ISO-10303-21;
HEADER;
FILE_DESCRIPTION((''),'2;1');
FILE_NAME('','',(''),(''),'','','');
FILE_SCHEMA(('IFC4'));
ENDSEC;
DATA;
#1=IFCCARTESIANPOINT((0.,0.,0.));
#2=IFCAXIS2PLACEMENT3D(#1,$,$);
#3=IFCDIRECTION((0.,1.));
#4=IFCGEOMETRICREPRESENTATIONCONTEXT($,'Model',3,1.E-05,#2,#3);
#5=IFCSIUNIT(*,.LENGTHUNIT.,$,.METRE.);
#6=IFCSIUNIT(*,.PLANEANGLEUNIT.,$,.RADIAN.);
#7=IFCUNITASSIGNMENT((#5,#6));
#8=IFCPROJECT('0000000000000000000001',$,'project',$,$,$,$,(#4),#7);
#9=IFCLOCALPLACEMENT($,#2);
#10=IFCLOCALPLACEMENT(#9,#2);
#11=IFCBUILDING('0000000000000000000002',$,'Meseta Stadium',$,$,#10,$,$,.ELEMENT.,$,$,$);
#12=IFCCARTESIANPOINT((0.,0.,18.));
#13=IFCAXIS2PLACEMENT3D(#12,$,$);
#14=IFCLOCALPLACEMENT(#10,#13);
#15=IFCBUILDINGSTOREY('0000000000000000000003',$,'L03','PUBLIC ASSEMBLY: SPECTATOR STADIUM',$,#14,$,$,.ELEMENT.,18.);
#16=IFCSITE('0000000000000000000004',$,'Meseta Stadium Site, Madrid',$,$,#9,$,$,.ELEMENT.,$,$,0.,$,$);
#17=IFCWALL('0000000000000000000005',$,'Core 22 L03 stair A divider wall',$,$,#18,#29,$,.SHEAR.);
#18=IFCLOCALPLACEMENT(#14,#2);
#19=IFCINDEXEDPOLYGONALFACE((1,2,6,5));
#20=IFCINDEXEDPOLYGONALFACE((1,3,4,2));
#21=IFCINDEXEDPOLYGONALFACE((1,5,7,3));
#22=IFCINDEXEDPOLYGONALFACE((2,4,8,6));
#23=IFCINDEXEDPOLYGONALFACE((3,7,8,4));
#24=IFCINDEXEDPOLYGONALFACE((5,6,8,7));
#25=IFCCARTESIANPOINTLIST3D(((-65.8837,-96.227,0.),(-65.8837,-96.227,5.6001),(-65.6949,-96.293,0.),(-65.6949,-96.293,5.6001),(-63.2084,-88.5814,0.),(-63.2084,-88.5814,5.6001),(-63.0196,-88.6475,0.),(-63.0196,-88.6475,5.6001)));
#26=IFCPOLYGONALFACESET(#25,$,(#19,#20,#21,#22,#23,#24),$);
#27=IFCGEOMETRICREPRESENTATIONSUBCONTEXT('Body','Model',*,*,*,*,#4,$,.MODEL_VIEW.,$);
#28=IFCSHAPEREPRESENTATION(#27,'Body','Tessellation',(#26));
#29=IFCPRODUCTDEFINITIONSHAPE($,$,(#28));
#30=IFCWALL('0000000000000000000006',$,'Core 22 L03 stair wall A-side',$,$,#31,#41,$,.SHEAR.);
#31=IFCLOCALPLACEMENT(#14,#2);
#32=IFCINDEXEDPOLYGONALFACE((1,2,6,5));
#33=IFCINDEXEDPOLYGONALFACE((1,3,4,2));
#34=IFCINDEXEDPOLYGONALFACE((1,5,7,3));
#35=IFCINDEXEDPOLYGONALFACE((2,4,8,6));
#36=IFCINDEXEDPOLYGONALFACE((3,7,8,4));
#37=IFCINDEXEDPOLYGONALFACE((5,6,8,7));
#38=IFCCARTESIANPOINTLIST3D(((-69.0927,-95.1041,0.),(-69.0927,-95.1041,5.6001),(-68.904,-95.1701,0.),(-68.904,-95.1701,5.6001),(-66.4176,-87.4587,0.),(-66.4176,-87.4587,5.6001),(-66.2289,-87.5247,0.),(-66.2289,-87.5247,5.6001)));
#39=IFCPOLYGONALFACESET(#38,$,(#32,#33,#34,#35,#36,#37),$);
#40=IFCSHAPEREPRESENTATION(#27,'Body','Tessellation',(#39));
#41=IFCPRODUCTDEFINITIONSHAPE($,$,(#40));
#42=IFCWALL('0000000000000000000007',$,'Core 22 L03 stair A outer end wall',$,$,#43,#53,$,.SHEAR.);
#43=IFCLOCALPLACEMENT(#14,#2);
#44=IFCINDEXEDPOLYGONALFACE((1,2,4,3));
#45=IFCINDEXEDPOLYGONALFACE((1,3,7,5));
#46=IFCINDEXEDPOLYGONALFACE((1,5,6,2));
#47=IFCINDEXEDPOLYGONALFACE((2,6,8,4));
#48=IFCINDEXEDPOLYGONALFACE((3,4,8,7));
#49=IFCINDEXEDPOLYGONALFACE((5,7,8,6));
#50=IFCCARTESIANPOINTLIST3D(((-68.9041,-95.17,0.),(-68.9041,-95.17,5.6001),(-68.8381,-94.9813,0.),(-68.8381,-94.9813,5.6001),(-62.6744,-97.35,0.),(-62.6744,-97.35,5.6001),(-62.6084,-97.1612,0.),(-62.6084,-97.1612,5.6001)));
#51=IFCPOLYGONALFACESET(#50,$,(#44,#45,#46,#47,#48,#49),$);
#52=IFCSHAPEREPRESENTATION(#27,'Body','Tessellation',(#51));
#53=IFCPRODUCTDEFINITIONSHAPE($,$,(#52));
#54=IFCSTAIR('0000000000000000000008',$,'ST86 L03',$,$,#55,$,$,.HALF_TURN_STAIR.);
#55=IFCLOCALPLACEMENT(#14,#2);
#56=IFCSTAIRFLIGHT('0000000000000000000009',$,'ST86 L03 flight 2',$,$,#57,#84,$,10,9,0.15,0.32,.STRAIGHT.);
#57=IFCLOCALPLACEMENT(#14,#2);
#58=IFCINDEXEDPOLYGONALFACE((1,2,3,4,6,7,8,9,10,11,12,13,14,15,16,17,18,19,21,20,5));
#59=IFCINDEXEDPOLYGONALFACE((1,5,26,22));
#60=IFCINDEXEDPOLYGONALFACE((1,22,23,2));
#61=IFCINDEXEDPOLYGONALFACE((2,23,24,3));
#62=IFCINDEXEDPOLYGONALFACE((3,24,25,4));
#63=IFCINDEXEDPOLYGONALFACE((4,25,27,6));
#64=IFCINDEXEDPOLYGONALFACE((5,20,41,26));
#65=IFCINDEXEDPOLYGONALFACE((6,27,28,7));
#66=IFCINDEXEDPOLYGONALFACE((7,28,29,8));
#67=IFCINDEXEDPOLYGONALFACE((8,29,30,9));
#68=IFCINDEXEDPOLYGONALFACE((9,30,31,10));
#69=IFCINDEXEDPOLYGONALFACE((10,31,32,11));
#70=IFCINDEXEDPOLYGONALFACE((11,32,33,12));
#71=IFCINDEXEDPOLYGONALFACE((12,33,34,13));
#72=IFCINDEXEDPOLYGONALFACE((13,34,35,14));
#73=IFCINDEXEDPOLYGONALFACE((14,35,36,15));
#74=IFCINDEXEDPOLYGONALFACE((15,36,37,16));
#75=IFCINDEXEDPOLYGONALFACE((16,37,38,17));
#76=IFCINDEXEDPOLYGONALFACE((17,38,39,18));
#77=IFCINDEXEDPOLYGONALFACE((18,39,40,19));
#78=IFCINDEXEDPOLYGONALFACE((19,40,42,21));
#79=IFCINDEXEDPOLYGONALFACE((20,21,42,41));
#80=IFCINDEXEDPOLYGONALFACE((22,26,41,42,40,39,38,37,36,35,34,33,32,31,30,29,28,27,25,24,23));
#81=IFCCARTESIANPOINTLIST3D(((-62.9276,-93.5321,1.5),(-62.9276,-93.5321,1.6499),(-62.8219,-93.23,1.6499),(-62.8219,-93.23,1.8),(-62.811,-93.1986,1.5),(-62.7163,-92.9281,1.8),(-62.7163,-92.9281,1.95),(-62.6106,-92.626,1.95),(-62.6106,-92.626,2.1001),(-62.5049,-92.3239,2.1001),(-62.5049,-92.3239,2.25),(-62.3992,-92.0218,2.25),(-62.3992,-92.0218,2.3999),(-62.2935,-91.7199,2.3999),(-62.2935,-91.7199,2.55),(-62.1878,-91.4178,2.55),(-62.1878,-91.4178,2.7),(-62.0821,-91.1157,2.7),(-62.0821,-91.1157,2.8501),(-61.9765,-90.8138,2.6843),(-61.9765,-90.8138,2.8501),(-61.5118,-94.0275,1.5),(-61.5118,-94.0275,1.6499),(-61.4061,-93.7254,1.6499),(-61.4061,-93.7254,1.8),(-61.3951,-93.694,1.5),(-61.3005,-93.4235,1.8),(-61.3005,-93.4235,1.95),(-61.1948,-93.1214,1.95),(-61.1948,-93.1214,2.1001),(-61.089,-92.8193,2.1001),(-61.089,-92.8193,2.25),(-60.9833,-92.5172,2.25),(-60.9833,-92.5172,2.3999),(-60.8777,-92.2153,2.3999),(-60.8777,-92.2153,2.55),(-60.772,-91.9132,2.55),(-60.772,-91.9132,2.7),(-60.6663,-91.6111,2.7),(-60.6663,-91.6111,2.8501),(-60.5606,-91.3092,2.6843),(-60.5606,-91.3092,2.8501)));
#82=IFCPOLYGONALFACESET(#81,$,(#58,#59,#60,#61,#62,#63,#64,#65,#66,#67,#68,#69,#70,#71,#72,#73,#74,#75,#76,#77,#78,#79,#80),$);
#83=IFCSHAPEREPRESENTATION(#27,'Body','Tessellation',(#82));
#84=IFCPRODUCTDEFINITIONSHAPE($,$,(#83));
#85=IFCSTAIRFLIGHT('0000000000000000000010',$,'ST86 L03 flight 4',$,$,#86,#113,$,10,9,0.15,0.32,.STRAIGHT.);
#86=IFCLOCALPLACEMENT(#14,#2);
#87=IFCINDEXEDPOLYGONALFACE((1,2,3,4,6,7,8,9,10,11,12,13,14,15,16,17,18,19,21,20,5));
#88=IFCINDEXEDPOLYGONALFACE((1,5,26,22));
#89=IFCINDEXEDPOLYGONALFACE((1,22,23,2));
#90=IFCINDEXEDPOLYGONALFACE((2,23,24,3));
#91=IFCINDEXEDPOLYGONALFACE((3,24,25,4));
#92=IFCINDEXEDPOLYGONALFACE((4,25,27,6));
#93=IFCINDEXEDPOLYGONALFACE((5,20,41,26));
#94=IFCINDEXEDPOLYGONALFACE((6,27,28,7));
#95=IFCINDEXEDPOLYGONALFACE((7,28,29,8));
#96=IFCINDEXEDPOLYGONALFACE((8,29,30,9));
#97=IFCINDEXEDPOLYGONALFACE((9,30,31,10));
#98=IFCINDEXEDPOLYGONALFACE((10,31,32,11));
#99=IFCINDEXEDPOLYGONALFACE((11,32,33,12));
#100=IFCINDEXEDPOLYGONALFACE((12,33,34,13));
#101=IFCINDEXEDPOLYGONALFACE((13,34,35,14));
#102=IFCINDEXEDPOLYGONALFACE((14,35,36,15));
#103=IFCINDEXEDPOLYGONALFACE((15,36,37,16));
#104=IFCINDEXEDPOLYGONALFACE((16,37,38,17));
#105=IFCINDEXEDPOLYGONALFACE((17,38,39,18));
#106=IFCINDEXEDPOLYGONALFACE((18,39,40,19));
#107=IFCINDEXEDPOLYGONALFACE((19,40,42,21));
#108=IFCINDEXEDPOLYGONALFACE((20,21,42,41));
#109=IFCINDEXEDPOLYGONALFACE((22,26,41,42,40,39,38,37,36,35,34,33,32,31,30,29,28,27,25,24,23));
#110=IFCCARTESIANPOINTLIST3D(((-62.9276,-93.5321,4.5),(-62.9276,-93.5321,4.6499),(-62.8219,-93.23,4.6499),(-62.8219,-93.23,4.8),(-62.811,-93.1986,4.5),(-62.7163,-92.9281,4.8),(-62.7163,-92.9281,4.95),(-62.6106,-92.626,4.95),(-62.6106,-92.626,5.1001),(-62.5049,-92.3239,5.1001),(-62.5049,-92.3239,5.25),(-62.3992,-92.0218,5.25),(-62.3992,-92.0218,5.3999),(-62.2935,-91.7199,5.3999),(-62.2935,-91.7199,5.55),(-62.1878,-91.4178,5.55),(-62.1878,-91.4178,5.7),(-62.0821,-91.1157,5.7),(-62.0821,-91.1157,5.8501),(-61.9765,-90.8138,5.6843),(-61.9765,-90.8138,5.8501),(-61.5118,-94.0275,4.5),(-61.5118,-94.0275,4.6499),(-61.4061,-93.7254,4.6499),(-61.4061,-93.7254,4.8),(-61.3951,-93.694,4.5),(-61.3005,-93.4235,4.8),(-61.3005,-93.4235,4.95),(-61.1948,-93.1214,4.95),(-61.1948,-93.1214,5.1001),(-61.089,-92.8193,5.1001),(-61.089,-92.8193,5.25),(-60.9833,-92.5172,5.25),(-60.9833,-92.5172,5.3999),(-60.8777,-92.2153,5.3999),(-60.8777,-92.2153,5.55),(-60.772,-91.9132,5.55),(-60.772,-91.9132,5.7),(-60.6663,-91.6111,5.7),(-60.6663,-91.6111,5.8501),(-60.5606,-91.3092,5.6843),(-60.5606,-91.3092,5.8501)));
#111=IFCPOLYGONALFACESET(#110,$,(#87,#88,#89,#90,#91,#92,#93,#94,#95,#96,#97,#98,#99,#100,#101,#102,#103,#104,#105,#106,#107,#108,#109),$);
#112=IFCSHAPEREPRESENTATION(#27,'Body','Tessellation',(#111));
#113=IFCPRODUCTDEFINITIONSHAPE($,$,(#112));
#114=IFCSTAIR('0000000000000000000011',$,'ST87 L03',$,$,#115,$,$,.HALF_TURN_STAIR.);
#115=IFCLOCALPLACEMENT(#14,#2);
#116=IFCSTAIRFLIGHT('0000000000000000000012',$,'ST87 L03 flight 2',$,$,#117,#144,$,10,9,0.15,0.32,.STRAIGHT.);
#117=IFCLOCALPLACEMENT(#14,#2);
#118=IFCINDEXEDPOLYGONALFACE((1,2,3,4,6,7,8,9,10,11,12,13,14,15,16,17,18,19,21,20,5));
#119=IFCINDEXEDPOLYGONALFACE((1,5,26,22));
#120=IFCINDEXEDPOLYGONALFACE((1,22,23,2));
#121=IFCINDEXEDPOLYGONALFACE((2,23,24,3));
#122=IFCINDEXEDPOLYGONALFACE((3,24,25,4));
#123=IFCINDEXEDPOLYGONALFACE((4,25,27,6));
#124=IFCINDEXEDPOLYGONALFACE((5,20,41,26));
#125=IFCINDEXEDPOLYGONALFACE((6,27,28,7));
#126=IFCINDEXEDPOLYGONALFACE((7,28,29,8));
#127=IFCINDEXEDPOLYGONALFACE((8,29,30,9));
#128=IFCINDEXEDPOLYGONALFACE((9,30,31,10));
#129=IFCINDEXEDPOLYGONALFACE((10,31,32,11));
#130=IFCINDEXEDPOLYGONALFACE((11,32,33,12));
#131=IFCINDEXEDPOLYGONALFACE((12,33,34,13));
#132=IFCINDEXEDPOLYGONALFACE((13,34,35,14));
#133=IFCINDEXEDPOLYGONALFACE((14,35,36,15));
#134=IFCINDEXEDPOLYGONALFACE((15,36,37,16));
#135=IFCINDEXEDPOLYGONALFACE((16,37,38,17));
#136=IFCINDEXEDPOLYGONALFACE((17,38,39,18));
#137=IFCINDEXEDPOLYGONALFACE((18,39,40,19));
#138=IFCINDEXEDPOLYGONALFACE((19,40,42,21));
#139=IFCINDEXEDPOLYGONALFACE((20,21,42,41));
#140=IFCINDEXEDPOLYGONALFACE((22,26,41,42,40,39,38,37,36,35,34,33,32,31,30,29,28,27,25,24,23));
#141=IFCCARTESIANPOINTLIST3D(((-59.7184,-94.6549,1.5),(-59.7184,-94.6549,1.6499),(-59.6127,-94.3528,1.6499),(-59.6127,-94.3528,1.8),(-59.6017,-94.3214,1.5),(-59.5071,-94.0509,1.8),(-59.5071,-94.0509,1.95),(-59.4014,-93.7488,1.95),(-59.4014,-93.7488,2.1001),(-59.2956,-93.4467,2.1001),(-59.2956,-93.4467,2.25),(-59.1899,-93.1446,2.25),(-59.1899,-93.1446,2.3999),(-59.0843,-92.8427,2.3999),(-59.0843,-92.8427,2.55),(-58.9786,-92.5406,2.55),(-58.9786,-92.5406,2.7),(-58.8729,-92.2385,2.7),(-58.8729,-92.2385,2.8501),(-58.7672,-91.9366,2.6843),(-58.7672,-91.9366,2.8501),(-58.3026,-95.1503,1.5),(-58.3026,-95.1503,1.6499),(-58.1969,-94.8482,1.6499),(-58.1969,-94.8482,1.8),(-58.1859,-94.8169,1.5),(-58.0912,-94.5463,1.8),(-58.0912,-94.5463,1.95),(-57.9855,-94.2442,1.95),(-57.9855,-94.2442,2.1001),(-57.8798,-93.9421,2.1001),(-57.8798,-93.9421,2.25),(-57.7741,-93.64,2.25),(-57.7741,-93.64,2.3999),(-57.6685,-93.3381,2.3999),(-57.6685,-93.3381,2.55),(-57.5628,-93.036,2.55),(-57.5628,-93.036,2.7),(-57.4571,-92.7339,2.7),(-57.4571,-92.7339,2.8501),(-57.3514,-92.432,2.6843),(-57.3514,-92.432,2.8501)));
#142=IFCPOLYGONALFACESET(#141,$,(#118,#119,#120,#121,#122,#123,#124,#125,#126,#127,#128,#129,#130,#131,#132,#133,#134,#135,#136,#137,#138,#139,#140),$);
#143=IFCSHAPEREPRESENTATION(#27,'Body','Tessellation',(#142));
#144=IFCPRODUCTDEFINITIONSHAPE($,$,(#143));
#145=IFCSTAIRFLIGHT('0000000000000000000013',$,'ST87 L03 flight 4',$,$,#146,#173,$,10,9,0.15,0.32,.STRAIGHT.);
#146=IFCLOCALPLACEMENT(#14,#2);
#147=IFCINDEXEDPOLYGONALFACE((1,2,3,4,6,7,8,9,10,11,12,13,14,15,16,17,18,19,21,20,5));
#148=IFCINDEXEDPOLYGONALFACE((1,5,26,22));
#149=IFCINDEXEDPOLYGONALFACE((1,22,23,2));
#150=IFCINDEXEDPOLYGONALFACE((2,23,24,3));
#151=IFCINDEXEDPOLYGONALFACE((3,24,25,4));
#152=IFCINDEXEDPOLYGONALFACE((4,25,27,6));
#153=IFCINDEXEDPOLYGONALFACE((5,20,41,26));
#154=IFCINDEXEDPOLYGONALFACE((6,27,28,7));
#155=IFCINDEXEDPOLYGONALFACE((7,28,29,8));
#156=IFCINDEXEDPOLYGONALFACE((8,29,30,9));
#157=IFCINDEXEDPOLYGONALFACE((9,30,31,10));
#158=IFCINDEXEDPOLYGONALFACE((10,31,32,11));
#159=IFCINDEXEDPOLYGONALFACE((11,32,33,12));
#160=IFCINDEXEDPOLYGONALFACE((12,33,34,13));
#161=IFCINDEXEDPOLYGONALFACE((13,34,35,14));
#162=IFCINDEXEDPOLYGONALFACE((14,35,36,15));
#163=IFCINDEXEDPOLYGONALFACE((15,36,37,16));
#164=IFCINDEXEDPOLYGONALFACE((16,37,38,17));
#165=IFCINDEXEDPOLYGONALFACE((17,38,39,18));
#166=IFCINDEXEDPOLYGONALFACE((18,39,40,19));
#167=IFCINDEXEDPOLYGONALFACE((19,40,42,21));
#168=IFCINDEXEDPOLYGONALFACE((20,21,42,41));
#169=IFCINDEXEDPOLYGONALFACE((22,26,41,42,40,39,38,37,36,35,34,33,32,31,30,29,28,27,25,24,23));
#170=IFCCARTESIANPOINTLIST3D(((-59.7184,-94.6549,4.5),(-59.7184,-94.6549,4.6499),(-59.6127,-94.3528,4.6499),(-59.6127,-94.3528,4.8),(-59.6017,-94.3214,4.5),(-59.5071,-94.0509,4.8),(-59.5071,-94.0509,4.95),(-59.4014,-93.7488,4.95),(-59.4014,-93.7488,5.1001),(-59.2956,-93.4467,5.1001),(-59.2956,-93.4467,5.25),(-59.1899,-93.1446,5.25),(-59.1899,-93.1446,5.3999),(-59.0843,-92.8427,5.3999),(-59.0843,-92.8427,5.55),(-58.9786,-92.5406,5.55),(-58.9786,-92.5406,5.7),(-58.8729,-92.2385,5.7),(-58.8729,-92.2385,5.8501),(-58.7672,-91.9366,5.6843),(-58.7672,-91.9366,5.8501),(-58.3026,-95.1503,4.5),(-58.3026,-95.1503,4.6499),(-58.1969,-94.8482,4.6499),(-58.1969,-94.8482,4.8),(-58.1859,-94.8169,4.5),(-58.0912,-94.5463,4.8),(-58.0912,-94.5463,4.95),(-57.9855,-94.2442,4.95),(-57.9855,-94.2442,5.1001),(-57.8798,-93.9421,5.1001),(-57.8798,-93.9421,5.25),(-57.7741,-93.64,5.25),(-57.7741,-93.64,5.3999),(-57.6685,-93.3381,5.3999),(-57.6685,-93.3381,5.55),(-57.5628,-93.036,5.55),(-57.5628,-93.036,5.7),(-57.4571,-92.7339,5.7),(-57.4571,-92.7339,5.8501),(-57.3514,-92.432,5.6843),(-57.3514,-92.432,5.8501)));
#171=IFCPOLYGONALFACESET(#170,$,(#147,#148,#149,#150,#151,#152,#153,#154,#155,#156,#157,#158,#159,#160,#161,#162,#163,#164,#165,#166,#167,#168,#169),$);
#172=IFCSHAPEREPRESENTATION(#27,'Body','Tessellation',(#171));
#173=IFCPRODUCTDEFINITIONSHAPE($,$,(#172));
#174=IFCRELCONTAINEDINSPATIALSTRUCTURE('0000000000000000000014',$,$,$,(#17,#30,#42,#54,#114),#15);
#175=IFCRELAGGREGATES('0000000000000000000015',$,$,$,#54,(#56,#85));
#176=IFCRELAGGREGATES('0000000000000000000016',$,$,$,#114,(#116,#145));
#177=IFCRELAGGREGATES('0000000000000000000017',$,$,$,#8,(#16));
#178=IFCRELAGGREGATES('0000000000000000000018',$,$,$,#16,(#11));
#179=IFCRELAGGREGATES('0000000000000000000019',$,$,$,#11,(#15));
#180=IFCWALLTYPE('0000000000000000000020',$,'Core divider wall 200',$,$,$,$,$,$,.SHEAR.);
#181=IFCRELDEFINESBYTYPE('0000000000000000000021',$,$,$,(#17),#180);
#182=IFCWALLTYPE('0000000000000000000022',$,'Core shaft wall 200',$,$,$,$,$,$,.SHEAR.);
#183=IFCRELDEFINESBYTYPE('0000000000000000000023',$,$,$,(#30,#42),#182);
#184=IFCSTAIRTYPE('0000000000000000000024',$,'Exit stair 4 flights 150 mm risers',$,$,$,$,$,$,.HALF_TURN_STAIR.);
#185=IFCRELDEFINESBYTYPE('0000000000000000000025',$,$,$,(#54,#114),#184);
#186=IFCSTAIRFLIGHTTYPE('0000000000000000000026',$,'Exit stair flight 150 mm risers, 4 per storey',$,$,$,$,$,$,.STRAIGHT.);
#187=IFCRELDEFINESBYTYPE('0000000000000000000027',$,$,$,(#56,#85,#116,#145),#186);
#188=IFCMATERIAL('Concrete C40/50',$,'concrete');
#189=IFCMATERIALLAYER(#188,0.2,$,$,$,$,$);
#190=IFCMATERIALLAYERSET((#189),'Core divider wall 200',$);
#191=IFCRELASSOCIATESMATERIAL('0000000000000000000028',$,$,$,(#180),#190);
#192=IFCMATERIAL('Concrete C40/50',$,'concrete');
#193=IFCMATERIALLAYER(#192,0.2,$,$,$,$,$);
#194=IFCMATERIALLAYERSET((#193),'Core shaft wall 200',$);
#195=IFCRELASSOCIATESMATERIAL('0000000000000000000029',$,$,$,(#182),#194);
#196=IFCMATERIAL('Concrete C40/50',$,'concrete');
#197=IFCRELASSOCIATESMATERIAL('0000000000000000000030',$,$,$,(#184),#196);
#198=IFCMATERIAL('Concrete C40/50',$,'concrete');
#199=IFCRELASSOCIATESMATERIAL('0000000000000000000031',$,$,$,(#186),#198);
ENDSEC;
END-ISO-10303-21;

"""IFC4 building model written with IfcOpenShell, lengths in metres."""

from ifc_helpers import new_model, si_unit, direction, frame, frame_2d, origin, place, context, subcontext, project, spatial, polyline, rectangle, outline, extrude, material, layer, layer_set, type_object, element, aggregate, save


model = new_model("IFC4")

# Units and contexts
model_context = context("Model", 3, precision=1e-05, world=origin(), true_north=direction((0.0, 1.0)))
body_context = subcontext(model_context, "Body", "Model", "MODEL_VIEW")
ifc_project = project(units=[si_unit("LENGTHUNIT", "METRE"), si_unit("PLANEANGLEUNIT", "RADIAN")], contexts=[model_context])

# Site, building, storey
site_placement = place(None, origin())
site = spatial("IfcSite", under=ifc_project, at=site_placement, Name="Meseta Stadium Site, Madrid", CompositionType="ELEMENT", RefElevation=0.0)
building_placement = place(site_placement, origin())
building = spatial("IfcBuilding", under=site, at=building_placement, Name="Meseta Stadium", CompositionType="ELEMENT")
storey_placement = place(building_placement, frame((0.0, 0.0, 18.0)))
storey = spatial("IfcBuildingStorey", under=building, at=storey_placement, Name="L03", Description="PUBLIC ASSEMBLY: SPECTATOR STADIUM", CompositionType="ELEMENT", Elevation=18.0)

# Walls
ifc_material_1 = material(Name="Concrete C40/50", Category="concrete")
ifc_layer_1 = layer(ifc_material_1, 0.2)
ifc_layer_set_1 = layer_set([ifc_layer_1], Name="Core divider wall 200")
wall_type_1 = type_object("IfcWallType", Name="Core divider wall 200", PredefinedType="SHEAR", material=ifc_layer_set_1)
wall_1_placement = place(storey_placement, frame((-65.7893, -96.26, 0.0), z_axis=(0.0, 0.0, 1.0), x_axis=(0.330281, 0.943883, 0.0)))
element("IfcWall", 1, at=wall_1_placement, inside=storey, type_object=wall_type_1, Name="Core 22 L03 stair A divider wall", PredefinedType="SHEAR", context=body_context, shape_type="SweptSolid", body=[
    extrude(rectangle(XDim=8.1001, YDim=0.2, at=frame_2d((4.05, 0.0))), origin(), (0.0, 0.0, 1.0), 5.6001),
])
ifc_material_2 = material(Name="Concrete C40/50", Category="concrete")
ifc_layer_2 = layer(ifc_material_2, 0.2)
ifc_layer_set_2 = layer_set([ifc_layer_2], Name="Core shaft wall 200")
wall_type_2 = type_object("IfcWallType", Name="Core shaft wall 200", PredefinedType="SHEAR", material=ifc_layer_set_2)
wall_2_placement = place(storey_placement, frame((-68.9983, -95.137, 0.0), z_axis=(0.0, 0.0, 1.0), x_axis=(0.330263, 0.943889, 0.0)))
element("IfcWall", 2, at=wall_2_placement, inside=storey, type_object=wall_type_2, Name="Core 22 L03 stair wall A-side", PredefinedType="SHEAR", context=body_context, shape_type="SweptSolid", body=[
    extrude(rectangle(XDim=8.0999, YDim=0.2, at=frame_2d((4.0498, 0.0))), origin(), (0.0, 0.0, 1.0), 5.6001),
])
wall_3_placement = place(storey_placement, frame((-68.8711, -95.0757, 0.0), z_axis=(0.0, 0.0, 1.0), x_axis=(0.943881, -0.330286, 0.0)))
element("IfcWall", 3, at=wall_3_placement, inside=storey, type_object=wall_type_2, Name="Core 22 L03 stair A outer end wall", PredefinedType="SHEAR", context=body_context, shape_type="SweptSolid", body=[
    extrude(rectangle(XDim=6.6001, YDim=0.2, at=frame_2d((3.3, 0.0))), origin(), (0.0, 0.0, 1.0), 5.6001),
])

# Stairs, stair flights
ifc_material_3 = material(Name="Concrete C40/50", Category="concrete")
stair_type = type_object("IfcStairType", Name="Exit stair 4 flights 150 mm risers", PredefinedType="HALF_TURN_STAIR", material=ifc_material_3)
stair_1_placement = place(storey_placement, origin())
stair_1 = element("IfcStair", 4, at=stair_1_placement, inside=storey, type_object=stair_type, Name="ST86 L03", PredefinedType="HALF_TURN_STAIR")
ifc_material_4 = material(Name="Concrete C40/50", Category="concrete")
stair_flight_type = type_object("IfcStairFlightType", Name="Exit stair flight 150 mm risers, 4 per storey", PredefinedType="STRAIGHT", material=ifc_material_4)
stair_flight_1_placement = place(storey_placement, frame((-62.2197, -93.7798, 1.5), z_axis=(0.0, 0.0, 1.0), x_axis=(0.330279, 0.943883, 0.0)))
stair_flight_1 = element("IfcStairFlight", 5, at=stair_flight_1_placement, type_object=stair_flight_type, Name="ST86 L03 flight 2", NumberOfRisers=10, NumberOfTreads=9, PredefinedType="STRAIGHT", RiserHeight=0.15, TreadLength=0.32, context=body_context, shape_type="SweptSolid", body=[
    extrude(outline(polyline([(0.0, 0.0), (0.0, 0.1499), (0.3201, 0.1499), (0.3201, 0.3), (0.6399, 0.3), (0.6399, 0.45), (0.96, 0.45), (0.96, 0.6001), (1.28, 0.6001), (1.28, 0.75), (1.6001, 0.75), (1.6001, 0.8999), (1.9199, 0.8999), (1.9199, 1.05), (2.24, 1.05), (2.24, 1.2), (2.5601, 1.2), (2.5601, 1.3501), (2.8799, 1.3501), (2.8799, 1.1843), (0.3533, 0.0), (0.0, 0.0)])), frame((0.0, 0.75, 0.0), z_axis=(0.0, -1.0, 0.0), x_axis=(1.0, 0.0, 0.0)), (0.0, 0.0, 1.0), 1.5),
])
stair_flight_2_placement = place(storey_placement, frame((-62.2197, -93.7798, 4.5), z_axis=(0.0, 0.0, 1.0), x_axis=(0.330279, 0.943883, 0.0)))
stair_flight_2 = element("IfcStairFlight", 6, at=stair_flight_2_placement, type_object=stair_flight_type, Name="ST86 L03 flight 4", NumberOfRisers=10, NumberOfTreads=9, PredefinedType="STRAIGHT", RiserHeight=0.15, TreadLength=0.32, context=body_context, shape_type="SweptSolid", body=[
    extrude(outline(polyline([(0.0, 0.0), (0.0, 0.1499), (0.3201, 0.1499), (0.3201, 0.3), (0.6399, 0.3), (0.6399, 0.45), (0.96, 0.45), (0.96, 0.6001), (1.28, 0.6001), (1.28, 0.75), (1.6001, 0.75), (1.6001, 0.8999), (1.9199, 0.8999), (1.9199, 1.05), (2.24, 1.05), (2.24, 1.2), (2.5601, 1.2), (2.5601, 1.3501), (2.8799, 1.3501), (2.8799, 1.1843), (0.3533, 0.0), (0.0, 0.0)])), frame((0.0, 0.75, 0.0), z_axis=(0.0, -1.0, 0.0), x_axis=(1.0, 0.0, 0.0)), (0.0, 0.0, 1.0), 1.5),
])
aggregate(stair_1, [stair_flight_1, stair_flight_2])
stair_2_placement = place(storey_placement, origin())
stair_2 = element("IfcStair", 7, at=stair_2_placement, inside=storey, type_object=stair_type, Name="ST87 L03", PredefinedType="HALF_TURN_STAIR")
stair_flight_3_placement = place(storey_placement, frame((-59.0105, -94.9026, 1.5), z_axis=(0.0, 0.0, 1.0), x_axis=(0.330279, 0.943883, 0.0)))
stair_flight_3 = element("IfcStairFlight", 8, at=stair_flight_3_placement, type_object=stair_flight_type, Name="ST87 L03 flight 2", NumberOfRisers=10, NumberOfTreads=9, PredefinedType="STRAIGHT", RiserHeight=0.15, TreadLength=0.32, context=body_context, shape_type="SweptSolid", body=[
    extrude(outline(polyline([(0.0, 0.0), (0.0, 0.1499), (0.3201, 0.1499), (0.3201, 0.3), (0.6399, 0.3), (0.6399, 0.45), (0.96, 0.45), (0.96, 0.6001), (1.28, 0.6001), (1.28, 0.75), (1.6001, 0.75), (1.6001, 0.8999), (1.9199, 0.8999), (1.9199, 1.05), (2.24, 1.05), (2.24, 1.2), (2.5601, 1.2), (2.5601, 1.3501), (2.8799, 1.3501), (2.8799, 1.1843), (0.3533, 0.0), (0.0, 0.0)])), frame((0.0, 0.75, 0.0), z_axis=(0.0, -1.0, 0.0), x_axis=(1.0, 0.0, 0.0)), (0.0, 0.0, 1.0), 1.5),
])
stair_flight_4_placement = place(storey_placement, frame((-59.0105, -94.9026, 4.5), z_axis=(0.0, 0.0, 1.0), x_axis=(0.330279, 0.943883, 0.0)))
stair_flight_4 = element("IfcStairFlight", 9, at=stair_flight_4_placement, type_object=stair_flight_type, Name="ST87 L03 flight 4", NumberOfRisers=10, NumberOfTreads=9, PredefinedType="STRAIGHT", RiserHeight=0.15, TreadLength=0.32, context=body_context, shape_type="SweptSolid", body=[
    extrude(outline(polyline([(0.0, 0.0), (0.0, 0.1499), (0.3201, 0.1499), (0.3201, 0.3), (0.6399, 0.3), (0.6399, 0.45), (0.96, 0.45), (0.96, 0.6001), (1.28, 0.6001), (1.28, 0.75), (1.6001, 0.75), (1.6001, 0.8999), (1.9199, 0.8999), (1.9199, 1.05), (2.24, 1.05), (2.24, 1.2), (2.5601, 1.2), (2.5601, 1.3501), (2.8799, 1.3501), (2.8799, 1.1843), (0.3533, 0.0), (0.0, 0.0)])), frame((0.0, 0.75, 0.0), z_axis=(0.0, -1.0, 0.0), x_axis=(1.0, 0.0, 0.0)), (0.0, 0.0, 1.0), 1.5),
])
aggregate(stair_2, [stair_flight_3, stair_flight_4])

save(model, "model.ifc")
